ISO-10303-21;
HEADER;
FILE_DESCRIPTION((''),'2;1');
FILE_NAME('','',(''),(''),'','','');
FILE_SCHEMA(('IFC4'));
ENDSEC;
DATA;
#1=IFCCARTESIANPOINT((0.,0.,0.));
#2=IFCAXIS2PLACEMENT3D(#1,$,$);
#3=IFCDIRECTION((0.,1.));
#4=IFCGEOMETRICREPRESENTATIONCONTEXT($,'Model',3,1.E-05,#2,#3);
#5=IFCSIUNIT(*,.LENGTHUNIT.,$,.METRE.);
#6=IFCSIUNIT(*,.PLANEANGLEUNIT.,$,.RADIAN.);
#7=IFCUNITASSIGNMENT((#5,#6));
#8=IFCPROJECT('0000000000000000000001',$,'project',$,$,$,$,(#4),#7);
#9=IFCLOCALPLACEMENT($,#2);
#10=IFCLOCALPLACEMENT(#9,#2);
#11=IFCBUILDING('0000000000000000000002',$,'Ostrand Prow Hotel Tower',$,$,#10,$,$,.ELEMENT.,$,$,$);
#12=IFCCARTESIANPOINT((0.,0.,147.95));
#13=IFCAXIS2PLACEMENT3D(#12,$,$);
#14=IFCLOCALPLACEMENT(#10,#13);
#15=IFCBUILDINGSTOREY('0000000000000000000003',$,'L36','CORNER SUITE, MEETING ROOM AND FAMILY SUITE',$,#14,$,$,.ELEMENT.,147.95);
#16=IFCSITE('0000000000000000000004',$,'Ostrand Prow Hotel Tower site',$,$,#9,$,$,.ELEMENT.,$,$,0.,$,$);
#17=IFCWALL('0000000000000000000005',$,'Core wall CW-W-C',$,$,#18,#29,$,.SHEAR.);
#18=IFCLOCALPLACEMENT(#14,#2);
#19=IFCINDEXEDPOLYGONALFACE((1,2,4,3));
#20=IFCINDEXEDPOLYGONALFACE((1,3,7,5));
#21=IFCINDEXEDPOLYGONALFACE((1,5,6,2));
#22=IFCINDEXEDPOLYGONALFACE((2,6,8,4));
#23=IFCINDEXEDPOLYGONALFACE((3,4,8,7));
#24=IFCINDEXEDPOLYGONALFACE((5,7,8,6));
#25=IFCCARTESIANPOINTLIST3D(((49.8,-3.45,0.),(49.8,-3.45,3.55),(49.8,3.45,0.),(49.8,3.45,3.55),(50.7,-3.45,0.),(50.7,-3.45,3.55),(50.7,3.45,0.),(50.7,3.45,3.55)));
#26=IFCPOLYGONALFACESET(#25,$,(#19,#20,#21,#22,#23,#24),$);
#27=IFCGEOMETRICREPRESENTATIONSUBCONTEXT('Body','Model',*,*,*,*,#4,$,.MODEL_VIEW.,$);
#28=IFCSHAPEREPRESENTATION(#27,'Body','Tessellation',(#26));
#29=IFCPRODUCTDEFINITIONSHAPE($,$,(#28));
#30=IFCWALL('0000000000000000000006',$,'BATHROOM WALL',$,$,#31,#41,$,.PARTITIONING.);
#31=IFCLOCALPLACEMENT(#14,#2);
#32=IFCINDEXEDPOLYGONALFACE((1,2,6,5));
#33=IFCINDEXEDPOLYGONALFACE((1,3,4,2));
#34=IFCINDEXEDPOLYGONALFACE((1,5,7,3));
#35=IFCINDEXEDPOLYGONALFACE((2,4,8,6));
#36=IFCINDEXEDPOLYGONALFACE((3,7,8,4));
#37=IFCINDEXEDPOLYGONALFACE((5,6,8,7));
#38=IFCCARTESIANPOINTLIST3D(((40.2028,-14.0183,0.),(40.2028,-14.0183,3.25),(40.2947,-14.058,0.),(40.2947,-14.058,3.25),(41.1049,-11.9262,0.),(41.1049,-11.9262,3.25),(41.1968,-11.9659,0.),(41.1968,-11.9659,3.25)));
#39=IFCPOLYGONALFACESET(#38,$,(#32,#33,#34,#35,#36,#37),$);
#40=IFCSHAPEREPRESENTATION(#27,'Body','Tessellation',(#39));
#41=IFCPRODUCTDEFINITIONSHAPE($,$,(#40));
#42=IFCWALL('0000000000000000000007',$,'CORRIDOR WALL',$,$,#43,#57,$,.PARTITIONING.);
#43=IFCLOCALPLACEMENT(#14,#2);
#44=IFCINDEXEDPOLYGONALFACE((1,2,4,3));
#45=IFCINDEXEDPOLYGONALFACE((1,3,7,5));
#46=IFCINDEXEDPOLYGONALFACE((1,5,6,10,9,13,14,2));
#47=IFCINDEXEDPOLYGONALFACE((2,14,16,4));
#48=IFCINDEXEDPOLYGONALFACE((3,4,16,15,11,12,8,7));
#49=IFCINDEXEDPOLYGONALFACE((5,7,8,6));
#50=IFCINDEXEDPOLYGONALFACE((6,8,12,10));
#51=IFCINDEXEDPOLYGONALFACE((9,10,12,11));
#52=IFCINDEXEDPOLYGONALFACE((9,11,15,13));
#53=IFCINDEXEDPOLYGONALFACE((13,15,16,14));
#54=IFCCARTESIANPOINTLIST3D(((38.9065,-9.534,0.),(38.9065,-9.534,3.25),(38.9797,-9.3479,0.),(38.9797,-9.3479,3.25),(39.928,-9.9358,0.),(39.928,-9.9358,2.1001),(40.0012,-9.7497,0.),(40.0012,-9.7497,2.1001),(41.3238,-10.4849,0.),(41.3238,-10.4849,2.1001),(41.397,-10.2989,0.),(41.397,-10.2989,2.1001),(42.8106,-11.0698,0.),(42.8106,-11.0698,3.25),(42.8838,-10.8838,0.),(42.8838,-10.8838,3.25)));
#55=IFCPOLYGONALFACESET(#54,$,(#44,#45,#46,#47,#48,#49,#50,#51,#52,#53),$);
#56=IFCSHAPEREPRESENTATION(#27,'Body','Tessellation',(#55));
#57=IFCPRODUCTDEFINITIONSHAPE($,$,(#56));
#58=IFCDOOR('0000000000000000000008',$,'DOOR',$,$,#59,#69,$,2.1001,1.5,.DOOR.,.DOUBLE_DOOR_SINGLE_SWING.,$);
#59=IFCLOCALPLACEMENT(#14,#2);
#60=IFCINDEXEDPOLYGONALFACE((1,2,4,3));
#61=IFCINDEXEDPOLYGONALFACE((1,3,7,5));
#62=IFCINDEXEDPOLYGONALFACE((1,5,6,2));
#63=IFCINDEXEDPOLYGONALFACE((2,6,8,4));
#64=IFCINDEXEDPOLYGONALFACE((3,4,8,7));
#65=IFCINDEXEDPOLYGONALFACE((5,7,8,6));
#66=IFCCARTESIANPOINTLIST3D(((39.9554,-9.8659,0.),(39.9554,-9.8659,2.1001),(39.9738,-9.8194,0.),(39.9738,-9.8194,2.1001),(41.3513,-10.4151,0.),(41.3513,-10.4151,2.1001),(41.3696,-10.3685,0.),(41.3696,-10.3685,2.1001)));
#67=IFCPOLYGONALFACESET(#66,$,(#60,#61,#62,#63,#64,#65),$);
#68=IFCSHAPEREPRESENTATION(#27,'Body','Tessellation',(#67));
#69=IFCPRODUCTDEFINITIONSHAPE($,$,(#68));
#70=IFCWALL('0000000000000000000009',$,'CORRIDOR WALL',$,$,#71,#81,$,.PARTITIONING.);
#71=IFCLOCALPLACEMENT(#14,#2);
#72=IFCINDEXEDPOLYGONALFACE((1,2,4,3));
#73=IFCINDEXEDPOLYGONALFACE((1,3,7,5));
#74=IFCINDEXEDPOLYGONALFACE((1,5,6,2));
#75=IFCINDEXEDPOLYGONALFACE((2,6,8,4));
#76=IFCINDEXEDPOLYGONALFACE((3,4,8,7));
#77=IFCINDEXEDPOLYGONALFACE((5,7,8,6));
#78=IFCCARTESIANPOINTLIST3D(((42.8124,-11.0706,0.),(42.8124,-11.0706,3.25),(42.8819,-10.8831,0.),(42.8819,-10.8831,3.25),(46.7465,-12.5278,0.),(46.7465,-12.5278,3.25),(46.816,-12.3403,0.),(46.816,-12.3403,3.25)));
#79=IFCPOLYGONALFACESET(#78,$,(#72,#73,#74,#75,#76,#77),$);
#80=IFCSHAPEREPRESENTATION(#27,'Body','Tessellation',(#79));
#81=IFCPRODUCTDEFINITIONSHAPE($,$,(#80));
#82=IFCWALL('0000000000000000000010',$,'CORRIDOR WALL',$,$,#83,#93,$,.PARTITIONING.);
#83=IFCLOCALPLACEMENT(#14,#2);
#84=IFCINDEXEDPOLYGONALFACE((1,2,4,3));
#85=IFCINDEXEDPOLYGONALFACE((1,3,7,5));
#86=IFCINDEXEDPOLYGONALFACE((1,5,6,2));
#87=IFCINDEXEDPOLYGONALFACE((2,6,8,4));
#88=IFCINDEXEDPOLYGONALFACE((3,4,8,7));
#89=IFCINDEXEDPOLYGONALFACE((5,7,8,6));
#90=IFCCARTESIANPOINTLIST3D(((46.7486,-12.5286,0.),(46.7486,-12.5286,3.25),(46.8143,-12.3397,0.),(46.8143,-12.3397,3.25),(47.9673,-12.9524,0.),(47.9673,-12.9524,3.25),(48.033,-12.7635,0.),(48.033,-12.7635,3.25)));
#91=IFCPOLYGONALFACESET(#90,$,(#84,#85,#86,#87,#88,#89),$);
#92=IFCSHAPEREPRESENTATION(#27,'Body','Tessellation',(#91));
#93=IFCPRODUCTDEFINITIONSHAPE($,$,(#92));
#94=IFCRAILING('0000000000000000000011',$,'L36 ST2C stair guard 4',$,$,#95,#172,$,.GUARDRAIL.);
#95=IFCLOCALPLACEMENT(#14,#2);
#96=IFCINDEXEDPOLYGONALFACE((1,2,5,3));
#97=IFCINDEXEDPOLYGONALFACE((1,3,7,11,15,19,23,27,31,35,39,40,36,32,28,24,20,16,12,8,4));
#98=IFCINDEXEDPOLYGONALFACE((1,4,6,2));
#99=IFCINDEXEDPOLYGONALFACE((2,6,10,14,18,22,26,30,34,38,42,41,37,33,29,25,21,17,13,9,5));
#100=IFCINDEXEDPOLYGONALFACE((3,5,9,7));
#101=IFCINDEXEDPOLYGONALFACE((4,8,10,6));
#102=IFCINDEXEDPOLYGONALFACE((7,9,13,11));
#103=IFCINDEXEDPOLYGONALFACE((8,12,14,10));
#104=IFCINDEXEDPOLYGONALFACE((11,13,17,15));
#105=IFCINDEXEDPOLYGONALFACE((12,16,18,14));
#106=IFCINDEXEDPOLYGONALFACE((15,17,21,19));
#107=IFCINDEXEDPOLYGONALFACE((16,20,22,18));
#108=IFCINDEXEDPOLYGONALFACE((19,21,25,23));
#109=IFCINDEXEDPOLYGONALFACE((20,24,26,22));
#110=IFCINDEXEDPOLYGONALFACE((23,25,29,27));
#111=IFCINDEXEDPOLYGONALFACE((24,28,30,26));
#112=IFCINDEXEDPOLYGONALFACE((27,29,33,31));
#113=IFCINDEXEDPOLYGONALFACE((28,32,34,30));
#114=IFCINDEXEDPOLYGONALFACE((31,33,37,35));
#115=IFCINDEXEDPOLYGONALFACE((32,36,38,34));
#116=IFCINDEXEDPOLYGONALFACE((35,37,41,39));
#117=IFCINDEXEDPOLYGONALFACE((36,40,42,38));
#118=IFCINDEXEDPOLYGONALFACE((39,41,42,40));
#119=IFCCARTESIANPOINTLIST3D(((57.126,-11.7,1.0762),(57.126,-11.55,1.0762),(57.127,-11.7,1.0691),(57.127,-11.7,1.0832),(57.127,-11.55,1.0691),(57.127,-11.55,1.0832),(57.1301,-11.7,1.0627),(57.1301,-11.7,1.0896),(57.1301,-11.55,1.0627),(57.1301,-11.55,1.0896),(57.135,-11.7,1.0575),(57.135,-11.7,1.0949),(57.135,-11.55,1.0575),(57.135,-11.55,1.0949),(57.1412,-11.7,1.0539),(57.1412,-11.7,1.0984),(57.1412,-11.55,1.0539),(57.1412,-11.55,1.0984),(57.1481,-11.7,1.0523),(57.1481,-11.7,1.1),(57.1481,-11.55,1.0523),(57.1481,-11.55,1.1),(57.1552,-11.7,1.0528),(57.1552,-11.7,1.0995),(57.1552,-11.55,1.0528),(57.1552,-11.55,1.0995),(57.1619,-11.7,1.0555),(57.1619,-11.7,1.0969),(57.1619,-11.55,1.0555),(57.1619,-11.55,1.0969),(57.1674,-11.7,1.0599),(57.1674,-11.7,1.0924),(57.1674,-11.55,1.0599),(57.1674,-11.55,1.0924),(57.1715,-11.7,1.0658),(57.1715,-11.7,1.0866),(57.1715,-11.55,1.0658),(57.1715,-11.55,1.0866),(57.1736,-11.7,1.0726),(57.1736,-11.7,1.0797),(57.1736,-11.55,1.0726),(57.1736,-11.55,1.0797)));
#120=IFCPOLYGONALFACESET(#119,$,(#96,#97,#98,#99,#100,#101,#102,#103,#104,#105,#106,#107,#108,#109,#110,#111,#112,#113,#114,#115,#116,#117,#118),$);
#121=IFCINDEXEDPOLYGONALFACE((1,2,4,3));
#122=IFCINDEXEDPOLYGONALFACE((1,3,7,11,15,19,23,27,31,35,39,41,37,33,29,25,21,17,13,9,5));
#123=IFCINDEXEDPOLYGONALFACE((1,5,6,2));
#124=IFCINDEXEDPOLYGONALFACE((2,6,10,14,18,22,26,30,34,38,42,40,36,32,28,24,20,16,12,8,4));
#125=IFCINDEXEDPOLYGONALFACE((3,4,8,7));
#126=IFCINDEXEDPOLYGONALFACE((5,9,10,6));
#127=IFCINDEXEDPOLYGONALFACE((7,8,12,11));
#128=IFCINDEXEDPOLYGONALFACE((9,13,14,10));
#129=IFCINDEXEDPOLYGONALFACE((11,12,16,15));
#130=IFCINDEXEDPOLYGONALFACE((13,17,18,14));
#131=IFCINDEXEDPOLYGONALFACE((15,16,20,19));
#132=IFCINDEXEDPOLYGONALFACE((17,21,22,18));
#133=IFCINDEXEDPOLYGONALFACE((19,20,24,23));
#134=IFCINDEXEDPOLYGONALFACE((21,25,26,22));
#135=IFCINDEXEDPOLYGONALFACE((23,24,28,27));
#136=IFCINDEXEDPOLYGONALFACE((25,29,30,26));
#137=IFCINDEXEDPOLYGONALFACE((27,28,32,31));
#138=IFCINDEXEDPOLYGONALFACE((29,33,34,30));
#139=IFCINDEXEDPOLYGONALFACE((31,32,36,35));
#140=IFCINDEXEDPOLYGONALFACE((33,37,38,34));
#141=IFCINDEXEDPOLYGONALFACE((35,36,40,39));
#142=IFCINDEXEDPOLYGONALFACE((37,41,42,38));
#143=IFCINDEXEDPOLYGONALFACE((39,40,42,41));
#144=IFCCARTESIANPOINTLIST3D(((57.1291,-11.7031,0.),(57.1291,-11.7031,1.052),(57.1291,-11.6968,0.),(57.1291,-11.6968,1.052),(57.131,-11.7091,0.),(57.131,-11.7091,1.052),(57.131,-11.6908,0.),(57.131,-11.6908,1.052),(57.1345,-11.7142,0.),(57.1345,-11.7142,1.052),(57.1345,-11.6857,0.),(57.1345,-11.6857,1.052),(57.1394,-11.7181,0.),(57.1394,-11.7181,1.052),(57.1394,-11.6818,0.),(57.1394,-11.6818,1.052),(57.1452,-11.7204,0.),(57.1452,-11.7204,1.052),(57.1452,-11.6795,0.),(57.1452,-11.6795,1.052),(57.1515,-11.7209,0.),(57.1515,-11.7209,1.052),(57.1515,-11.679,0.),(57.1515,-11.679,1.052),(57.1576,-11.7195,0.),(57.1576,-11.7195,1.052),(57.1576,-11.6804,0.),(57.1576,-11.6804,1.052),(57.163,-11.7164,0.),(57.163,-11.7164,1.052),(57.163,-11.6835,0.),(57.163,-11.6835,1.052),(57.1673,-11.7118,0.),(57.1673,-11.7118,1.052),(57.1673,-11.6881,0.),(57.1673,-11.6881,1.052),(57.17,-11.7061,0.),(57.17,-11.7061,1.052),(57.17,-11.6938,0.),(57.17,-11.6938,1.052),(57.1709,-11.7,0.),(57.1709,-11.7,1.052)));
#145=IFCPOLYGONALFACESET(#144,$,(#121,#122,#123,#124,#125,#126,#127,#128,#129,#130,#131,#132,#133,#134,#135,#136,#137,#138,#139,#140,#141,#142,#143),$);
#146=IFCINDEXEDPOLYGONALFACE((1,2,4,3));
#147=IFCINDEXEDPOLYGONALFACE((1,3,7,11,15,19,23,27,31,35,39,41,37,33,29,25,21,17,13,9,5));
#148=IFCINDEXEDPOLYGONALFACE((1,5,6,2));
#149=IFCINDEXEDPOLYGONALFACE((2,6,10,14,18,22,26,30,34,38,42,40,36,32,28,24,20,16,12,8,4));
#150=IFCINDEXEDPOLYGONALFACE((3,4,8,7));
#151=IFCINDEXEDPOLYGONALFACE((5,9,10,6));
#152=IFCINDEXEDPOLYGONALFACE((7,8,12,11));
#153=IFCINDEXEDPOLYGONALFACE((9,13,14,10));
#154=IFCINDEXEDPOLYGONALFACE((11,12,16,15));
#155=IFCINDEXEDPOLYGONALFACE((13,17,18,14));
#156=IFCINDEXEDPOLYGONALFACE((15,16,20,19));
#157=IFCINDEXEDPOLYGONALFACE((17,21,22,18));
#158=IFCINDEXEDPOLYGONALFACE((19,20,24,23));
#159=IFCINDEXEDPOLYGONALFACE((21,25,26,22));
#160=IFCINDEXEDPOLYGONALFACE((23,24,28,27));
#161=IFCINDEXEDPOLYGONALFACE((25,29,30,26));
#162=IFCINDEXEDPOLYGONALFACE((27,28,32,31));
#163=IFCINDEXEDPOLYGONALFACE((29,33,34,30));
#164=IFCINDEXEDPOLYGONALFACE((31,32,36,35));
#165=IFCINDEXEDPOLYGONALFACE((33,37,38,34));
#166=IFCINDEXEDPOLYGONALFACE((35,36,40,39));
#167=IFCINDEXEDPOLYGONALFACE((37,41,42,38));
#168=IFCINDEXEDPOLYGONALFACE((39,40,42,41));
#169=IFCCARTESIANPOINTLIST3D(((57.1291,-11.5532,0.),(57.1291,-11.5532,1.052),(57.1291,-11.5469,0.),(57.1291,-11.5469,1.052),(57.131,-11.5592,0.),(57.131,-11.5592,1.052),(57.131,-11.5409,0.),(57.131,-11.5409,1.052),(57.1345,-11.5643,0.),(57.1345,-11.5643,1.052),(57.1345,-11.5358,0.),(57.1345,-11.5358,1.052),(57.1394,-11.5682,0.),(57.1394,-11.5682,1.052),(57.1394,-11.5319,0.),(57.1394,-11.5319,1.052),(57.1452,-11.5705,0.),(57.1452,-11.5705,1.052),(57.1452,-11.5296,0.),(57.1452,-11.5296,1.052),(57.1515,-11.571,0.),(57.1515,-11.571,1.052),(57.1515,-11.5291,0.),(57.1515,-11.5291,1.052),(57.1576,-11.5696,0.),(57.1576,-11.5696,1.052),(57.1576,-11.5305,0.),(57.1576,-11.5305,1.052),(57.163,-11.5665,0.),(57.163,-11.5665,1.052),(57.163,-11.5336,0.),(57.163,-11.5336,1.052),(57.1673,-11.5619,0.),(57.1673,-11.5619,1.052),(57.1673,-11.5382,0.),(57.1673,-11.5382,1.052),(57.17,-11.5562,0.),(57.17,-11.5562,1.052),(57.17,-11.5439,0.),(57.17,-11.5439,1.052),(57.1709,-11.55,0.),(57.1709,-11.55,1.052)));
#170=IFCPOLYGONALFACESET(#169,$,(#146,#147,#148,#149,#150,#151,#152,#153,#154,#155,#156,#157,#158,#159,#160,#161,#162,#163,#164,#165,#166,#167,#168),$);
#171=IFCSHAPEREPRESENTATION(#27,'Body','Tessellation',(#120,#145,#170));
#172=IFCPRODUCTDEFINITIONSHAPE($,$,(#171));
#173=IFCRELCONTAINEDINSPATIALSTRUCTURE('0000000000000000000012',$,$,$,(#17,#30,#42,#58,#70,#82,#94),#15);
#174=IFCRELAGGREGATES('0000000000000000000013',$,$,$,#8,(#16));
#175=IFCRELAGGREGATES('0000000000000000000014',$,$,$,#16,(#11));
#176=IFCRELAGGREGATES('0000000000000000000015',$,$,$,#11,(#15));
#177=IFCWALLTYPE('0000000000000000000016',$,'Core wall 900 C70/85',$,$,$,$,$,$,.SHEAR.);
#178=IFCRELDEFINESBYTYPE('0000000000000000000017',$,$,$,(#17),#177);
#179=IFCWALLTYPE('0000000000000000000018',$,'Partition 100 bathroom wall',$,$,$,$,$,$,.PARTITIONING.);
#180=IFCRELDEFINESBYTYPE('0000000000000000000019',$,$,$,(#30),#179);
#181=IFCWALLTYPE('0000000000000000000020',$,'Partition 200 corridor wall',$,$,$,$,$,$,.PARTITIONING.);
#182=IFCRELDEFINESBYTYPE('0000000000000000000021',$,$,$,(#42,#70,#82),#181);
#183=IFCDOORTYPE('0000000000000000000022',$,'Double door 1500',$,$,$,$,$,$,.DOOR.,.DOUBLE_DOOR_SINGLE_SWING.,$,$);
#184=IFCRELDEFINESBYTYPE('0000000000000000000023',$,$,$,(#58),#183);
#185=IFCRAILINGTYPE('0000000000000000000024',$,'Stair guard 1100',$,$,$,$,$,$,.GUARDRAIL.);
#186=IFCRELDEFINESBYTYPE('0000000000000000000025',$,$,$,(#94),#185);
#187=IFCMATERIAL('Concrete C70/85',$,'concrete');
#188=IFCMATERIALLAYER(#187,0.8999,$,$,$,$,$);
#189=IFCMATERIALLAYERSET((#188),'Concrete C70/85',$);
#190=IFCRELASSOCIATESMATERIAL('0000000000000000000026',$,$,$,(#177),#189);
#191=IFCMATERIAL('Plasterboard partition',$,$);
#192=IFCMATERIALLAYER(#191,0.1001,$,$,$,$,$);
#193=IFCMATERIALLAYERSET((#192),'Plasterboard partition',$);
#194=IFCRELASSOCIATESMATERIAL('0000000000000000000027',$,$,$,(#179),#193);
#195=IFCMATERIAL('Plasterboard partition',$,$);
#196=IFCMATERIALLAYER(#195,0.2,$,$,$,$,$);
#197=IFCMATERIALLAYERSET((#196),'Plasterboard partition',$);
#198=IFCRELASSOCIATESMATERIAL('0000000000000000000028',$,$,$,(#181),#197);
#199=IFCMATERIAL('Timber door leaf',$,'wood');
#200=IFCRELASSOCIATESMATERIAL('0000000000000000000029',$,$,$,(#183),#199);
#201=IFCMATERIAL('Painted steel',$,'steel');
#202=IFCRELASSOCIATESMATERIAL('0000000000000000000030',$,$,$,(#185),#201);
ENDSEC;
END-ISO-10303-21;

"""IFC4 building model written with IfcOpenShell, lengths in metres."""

from ifc_helpers import new_model, si_unit, direction, frame, frame_2d, origin, origin_2d, place, context, subcontext, project, spatial, rectangle, circle, extrude, material, layer, layer_set, type_object, element, fill, save


model = new_model("IFC4")

# Units and contexts
model_context = context("Model", 3, precision=1e-05, world=origin(), true_north=direction((0.0, 1.0)))
body_context = subcontext(model_context, "Body", "Model", "MODEL_VIEW")
ifc_project = project(units=[si_unit("LENGTHUNIT", "METRE"), si_unit("PLANEANGLEUNIT", "RADIAN")], contexts=[model_context])

# Site, building, storey
site_placement = place(None, origin())
site = spatial("IfcSite", under=ifc_project, at=site_placement, Name="Ostrand Prow Hotel Tower site", CompositionType="ELEMENT", RefElevation=0.0)
building_placement = place(site_placement, origin())
building = spatial("IfcBuilding", under=site, at=building_placement, Name="Ostrand Prow Hotel Tower", CompositionType="ELEMENT")
storey_placement = place(building_placement, frame((0.0, 0.0, 147.95)))
storey = spatial("IfcBuildingStorey", under=building, at=storey_placement, Name="L36", Description="CORNER SUITE, MEETING ROOM AND FAMILY SUITE", CompositionType="ELEMENT", Elevation=147.95)

# Walls
ifc_material_1 = material(Name="Concrete C70/85", Category="concrete")
ifc_layer_1 = layer(ifc_material_1, 0.8999)
ifc_layer_set_1 = layer_set([ifc_layer_1], Name="Concrete C70/85")
wall_type_1 = type_object("IfcWallType", Name="Core wall 900 C70/85", PredefinedType="SHEAR", material=ifc_layer_set_1)
wall_1_placement = place(storey_placement, frame((50.25, -3.45, 0.0), z_axis=(0.0, 0.0, 1.0), x_axis=(0.0, 1.0, 0.0)))
element("IfcWall", 1, at=wall_1_placement, inside=storey, type_object=wall_type_1, Name="Core wall CW-W-C", PredefinedType="SHEAR", context=body_context, shape_type="SweptSolid", body=[
    extrude(rectangle(XDim=6.8999, YDim=0.8999, at=frame_2d((3.45, 0.0))), origin(), (0.0, 0.0, 1.0), 3.55),
])
ifc_material_2 = material(Name="Plasterboard partition")
ifc_layer_2 = layer(ifc_material_2, 0.1001)
ifc_layer_set_2 = layer_set([ifc_layer_2], Name="Plasterboard partition")
wall_type_2 = type_object("IfcWallType", Name="Partition 100 bathroom wall", PredefinedType="PARTITIONING", material=ifc_layer_set_2)
wall_2_placement = place(storey_placement, frame((41.1509, -11.946, 0.0), z_axis=(0.0, 0.0, 1.0), x_axis=(-0.395962, -0.918267, 0.0)))
element("IfcWall", 2, at=wall_2_placement, inside=storey, type_object=wall_type_2, Name="BATHROOM WALL", PredefinedType="PARTITIONING", context=body_context, shape_type="SweptSolid", body=[
    extrude(rectangle(XDim=2.2783, YDim=0.1001, at=frame_2d((1.1392, 0.0))), origin(), (0.0, 0.0, 1.0), 3.25),
])

# Wall, opening, door
ifc_material_3 = material(Name="Plasterboard partition")
ifc_layer_3 = layer(ifc_material_3, 0.2)
ifc_layer_set_3 = layer_set([ifc_layer_3], Name="Plasterboard partition")
wall_type_3 = type_object("IfcWallType", Name="Partition 200 corridor wall", PredefinedType="PARTITIONING", material=ifc_layer_set_3)
wall_3_placement = place(storey_placement, frame((42.8472, -10.9768, 0.0), z_axis=(0.0, 0.0, 1.0), x_axis=(-0.930577, 0.366097, 0.0)))
wall_3 = element("IfcWall", 3, at=wall_3_placement, inside=storey, type_object=wall_type_3, Name="CORRIDOR WALL", PredefinedType="PARTITIONING", context=body_context, shape_type="SweptSolid", body=[
    extrude(rectangle(XDim=4.1953, YDim=0.2, at=frame_2d((2.0977, 0.0))), origin(), (0.0, 0.0, 1.0), 3.25),
])
opening_1_placement = place(wall_3_placement, frame((1.5977, 0.0, 0.0)))
opening_1 = element("IfcOpeningElement", 4, at=opening_1_placement, cuts=wall_3, PredefinedType="OPENING", context=body_context, shape_type="SweptSolid", body=[
    extrude(rectangle(XDim=1.5, YDim=2.1001, at=frame_2d((0.75, 1.05))), frame((0.0, 0.1099, 0.0), z_axis=(0.0, -1.0, 0.0), x_axis=(1.0, 0.0, 0.0)), (0.0, 0.0, 1.0), 0.22),
])
ifc_material_4 = material(Name="Timber door leaf", Category="wood")
door_type_1 = type_object("IfcDoorType", Name="Double door 1500", OperationType="DOUBLE_DOOR_SINGLE_SWING", PredefinedType="DOOR", material=ifc_material_4)
door_1_placement = place(opening_1_placement, origin())
door_1 = element("IfcDoor", 5, at=door_1_placement, inside=storey, type_object=door_type_1, Name="DOOR", OperationType="DOUBLE_DOOR_SINGLE_SWING", OverallHeight=2.1001, OverallWidth=1.5, PredefinedType="DOOR", context=body_context, shape_type="SweptSolid", body=[
    extrude(rectangle(XDim=1.5, YDim=2.1001, at=frame_2d((0.75, 1.05))), frame((0.0, 0.0249, 0.0), z_axis=(0.0, -1.0, 0.0), x_axis=(1.0, 0.0, 0.0)), (0.0, 0.0, 1.0), 0.05),
])
fill(opening_1, door_1)

# Walls
wall_4_placement = place(storey_placement, frame((46.7812, -12.4341, 0.0), z_axis=(0.0, 0.0, 1.0), x_axis=(-0.937733, 0.347358, 0.0)))
element("IfcWall", 6, at=wall_4_placement, inside=storey, type_object=wall_type_3, Name="CORRIDOR WALL", PredefinedType="PARTITIONING", context=body_context, shape_type="SweptSolid", body=[
    extrude(rectangle(XDim=4.1953, YDim=0.2, at=frame_2d((2.0977, 0.0))), origin(), (0.0, 0.0, 1.0), 3.25),
])
wall_5_placement = place(storey_placement, frame((48.0, -12.8579, 0.0), z_axis=(0.0, 0.0, 1.0), x_axis=(-0.944517, 0.328462, 0.0)))
element("IfcWall", 7, at=wall_5_placement, inside=storey, type_object=wall_type_3, Name="CORRIDOR WALL", PredefinedType="PARTITIONING", context=body_context, shape_type="SweptSolid", body=[
    extrude(rectangle(XDim=1.2903, YDim=0.2, at=frame_2d((0.645, 0.0))), origin(), (0.0, 0.0, 1.0), 3.25),
])

# Railing
ifc_material_5 = material(Name="Painted steel", Category="steel")
railing_type_1 = type_object("IfcRailingType", Name="Stair guard 1100", PredefinedType="GUARDRAIL", material=ifc_material_5)
railing_1_placement = place(storey_placement, frame((57.1499, -11.7, 0.0)))
element("IfcRailing", 8, at=railing_1_placement, inside=storey, type_object=railing_type_1, Name="L36 ST2C stair guard 4", PredefinedType="GUARDRAIL", context=body_context, shape_type="SweptSolid", body=[
    extrude(circle(Radius=0.0239, at=origin_2d()), frame((0.0, 0.0, 1.0762), z_axis=(0.0, 1.0, 0.0), x_axis=(-1.0, 0.0, 0.0)), (0.0, 0.0, 1.0), 0.1499),
    extrude(circle(Radius=0.021, at=origin_2d()), origin(), (0.0, 0.0, 1.0), 1.052),
    extrude(circle(Radius=0.021, at=origin_2d()), frame((0.0, 0.1499, 0.0)), (0.0, 0.0, 1.0), 1.052),
])

save(model, "model.ifc")
